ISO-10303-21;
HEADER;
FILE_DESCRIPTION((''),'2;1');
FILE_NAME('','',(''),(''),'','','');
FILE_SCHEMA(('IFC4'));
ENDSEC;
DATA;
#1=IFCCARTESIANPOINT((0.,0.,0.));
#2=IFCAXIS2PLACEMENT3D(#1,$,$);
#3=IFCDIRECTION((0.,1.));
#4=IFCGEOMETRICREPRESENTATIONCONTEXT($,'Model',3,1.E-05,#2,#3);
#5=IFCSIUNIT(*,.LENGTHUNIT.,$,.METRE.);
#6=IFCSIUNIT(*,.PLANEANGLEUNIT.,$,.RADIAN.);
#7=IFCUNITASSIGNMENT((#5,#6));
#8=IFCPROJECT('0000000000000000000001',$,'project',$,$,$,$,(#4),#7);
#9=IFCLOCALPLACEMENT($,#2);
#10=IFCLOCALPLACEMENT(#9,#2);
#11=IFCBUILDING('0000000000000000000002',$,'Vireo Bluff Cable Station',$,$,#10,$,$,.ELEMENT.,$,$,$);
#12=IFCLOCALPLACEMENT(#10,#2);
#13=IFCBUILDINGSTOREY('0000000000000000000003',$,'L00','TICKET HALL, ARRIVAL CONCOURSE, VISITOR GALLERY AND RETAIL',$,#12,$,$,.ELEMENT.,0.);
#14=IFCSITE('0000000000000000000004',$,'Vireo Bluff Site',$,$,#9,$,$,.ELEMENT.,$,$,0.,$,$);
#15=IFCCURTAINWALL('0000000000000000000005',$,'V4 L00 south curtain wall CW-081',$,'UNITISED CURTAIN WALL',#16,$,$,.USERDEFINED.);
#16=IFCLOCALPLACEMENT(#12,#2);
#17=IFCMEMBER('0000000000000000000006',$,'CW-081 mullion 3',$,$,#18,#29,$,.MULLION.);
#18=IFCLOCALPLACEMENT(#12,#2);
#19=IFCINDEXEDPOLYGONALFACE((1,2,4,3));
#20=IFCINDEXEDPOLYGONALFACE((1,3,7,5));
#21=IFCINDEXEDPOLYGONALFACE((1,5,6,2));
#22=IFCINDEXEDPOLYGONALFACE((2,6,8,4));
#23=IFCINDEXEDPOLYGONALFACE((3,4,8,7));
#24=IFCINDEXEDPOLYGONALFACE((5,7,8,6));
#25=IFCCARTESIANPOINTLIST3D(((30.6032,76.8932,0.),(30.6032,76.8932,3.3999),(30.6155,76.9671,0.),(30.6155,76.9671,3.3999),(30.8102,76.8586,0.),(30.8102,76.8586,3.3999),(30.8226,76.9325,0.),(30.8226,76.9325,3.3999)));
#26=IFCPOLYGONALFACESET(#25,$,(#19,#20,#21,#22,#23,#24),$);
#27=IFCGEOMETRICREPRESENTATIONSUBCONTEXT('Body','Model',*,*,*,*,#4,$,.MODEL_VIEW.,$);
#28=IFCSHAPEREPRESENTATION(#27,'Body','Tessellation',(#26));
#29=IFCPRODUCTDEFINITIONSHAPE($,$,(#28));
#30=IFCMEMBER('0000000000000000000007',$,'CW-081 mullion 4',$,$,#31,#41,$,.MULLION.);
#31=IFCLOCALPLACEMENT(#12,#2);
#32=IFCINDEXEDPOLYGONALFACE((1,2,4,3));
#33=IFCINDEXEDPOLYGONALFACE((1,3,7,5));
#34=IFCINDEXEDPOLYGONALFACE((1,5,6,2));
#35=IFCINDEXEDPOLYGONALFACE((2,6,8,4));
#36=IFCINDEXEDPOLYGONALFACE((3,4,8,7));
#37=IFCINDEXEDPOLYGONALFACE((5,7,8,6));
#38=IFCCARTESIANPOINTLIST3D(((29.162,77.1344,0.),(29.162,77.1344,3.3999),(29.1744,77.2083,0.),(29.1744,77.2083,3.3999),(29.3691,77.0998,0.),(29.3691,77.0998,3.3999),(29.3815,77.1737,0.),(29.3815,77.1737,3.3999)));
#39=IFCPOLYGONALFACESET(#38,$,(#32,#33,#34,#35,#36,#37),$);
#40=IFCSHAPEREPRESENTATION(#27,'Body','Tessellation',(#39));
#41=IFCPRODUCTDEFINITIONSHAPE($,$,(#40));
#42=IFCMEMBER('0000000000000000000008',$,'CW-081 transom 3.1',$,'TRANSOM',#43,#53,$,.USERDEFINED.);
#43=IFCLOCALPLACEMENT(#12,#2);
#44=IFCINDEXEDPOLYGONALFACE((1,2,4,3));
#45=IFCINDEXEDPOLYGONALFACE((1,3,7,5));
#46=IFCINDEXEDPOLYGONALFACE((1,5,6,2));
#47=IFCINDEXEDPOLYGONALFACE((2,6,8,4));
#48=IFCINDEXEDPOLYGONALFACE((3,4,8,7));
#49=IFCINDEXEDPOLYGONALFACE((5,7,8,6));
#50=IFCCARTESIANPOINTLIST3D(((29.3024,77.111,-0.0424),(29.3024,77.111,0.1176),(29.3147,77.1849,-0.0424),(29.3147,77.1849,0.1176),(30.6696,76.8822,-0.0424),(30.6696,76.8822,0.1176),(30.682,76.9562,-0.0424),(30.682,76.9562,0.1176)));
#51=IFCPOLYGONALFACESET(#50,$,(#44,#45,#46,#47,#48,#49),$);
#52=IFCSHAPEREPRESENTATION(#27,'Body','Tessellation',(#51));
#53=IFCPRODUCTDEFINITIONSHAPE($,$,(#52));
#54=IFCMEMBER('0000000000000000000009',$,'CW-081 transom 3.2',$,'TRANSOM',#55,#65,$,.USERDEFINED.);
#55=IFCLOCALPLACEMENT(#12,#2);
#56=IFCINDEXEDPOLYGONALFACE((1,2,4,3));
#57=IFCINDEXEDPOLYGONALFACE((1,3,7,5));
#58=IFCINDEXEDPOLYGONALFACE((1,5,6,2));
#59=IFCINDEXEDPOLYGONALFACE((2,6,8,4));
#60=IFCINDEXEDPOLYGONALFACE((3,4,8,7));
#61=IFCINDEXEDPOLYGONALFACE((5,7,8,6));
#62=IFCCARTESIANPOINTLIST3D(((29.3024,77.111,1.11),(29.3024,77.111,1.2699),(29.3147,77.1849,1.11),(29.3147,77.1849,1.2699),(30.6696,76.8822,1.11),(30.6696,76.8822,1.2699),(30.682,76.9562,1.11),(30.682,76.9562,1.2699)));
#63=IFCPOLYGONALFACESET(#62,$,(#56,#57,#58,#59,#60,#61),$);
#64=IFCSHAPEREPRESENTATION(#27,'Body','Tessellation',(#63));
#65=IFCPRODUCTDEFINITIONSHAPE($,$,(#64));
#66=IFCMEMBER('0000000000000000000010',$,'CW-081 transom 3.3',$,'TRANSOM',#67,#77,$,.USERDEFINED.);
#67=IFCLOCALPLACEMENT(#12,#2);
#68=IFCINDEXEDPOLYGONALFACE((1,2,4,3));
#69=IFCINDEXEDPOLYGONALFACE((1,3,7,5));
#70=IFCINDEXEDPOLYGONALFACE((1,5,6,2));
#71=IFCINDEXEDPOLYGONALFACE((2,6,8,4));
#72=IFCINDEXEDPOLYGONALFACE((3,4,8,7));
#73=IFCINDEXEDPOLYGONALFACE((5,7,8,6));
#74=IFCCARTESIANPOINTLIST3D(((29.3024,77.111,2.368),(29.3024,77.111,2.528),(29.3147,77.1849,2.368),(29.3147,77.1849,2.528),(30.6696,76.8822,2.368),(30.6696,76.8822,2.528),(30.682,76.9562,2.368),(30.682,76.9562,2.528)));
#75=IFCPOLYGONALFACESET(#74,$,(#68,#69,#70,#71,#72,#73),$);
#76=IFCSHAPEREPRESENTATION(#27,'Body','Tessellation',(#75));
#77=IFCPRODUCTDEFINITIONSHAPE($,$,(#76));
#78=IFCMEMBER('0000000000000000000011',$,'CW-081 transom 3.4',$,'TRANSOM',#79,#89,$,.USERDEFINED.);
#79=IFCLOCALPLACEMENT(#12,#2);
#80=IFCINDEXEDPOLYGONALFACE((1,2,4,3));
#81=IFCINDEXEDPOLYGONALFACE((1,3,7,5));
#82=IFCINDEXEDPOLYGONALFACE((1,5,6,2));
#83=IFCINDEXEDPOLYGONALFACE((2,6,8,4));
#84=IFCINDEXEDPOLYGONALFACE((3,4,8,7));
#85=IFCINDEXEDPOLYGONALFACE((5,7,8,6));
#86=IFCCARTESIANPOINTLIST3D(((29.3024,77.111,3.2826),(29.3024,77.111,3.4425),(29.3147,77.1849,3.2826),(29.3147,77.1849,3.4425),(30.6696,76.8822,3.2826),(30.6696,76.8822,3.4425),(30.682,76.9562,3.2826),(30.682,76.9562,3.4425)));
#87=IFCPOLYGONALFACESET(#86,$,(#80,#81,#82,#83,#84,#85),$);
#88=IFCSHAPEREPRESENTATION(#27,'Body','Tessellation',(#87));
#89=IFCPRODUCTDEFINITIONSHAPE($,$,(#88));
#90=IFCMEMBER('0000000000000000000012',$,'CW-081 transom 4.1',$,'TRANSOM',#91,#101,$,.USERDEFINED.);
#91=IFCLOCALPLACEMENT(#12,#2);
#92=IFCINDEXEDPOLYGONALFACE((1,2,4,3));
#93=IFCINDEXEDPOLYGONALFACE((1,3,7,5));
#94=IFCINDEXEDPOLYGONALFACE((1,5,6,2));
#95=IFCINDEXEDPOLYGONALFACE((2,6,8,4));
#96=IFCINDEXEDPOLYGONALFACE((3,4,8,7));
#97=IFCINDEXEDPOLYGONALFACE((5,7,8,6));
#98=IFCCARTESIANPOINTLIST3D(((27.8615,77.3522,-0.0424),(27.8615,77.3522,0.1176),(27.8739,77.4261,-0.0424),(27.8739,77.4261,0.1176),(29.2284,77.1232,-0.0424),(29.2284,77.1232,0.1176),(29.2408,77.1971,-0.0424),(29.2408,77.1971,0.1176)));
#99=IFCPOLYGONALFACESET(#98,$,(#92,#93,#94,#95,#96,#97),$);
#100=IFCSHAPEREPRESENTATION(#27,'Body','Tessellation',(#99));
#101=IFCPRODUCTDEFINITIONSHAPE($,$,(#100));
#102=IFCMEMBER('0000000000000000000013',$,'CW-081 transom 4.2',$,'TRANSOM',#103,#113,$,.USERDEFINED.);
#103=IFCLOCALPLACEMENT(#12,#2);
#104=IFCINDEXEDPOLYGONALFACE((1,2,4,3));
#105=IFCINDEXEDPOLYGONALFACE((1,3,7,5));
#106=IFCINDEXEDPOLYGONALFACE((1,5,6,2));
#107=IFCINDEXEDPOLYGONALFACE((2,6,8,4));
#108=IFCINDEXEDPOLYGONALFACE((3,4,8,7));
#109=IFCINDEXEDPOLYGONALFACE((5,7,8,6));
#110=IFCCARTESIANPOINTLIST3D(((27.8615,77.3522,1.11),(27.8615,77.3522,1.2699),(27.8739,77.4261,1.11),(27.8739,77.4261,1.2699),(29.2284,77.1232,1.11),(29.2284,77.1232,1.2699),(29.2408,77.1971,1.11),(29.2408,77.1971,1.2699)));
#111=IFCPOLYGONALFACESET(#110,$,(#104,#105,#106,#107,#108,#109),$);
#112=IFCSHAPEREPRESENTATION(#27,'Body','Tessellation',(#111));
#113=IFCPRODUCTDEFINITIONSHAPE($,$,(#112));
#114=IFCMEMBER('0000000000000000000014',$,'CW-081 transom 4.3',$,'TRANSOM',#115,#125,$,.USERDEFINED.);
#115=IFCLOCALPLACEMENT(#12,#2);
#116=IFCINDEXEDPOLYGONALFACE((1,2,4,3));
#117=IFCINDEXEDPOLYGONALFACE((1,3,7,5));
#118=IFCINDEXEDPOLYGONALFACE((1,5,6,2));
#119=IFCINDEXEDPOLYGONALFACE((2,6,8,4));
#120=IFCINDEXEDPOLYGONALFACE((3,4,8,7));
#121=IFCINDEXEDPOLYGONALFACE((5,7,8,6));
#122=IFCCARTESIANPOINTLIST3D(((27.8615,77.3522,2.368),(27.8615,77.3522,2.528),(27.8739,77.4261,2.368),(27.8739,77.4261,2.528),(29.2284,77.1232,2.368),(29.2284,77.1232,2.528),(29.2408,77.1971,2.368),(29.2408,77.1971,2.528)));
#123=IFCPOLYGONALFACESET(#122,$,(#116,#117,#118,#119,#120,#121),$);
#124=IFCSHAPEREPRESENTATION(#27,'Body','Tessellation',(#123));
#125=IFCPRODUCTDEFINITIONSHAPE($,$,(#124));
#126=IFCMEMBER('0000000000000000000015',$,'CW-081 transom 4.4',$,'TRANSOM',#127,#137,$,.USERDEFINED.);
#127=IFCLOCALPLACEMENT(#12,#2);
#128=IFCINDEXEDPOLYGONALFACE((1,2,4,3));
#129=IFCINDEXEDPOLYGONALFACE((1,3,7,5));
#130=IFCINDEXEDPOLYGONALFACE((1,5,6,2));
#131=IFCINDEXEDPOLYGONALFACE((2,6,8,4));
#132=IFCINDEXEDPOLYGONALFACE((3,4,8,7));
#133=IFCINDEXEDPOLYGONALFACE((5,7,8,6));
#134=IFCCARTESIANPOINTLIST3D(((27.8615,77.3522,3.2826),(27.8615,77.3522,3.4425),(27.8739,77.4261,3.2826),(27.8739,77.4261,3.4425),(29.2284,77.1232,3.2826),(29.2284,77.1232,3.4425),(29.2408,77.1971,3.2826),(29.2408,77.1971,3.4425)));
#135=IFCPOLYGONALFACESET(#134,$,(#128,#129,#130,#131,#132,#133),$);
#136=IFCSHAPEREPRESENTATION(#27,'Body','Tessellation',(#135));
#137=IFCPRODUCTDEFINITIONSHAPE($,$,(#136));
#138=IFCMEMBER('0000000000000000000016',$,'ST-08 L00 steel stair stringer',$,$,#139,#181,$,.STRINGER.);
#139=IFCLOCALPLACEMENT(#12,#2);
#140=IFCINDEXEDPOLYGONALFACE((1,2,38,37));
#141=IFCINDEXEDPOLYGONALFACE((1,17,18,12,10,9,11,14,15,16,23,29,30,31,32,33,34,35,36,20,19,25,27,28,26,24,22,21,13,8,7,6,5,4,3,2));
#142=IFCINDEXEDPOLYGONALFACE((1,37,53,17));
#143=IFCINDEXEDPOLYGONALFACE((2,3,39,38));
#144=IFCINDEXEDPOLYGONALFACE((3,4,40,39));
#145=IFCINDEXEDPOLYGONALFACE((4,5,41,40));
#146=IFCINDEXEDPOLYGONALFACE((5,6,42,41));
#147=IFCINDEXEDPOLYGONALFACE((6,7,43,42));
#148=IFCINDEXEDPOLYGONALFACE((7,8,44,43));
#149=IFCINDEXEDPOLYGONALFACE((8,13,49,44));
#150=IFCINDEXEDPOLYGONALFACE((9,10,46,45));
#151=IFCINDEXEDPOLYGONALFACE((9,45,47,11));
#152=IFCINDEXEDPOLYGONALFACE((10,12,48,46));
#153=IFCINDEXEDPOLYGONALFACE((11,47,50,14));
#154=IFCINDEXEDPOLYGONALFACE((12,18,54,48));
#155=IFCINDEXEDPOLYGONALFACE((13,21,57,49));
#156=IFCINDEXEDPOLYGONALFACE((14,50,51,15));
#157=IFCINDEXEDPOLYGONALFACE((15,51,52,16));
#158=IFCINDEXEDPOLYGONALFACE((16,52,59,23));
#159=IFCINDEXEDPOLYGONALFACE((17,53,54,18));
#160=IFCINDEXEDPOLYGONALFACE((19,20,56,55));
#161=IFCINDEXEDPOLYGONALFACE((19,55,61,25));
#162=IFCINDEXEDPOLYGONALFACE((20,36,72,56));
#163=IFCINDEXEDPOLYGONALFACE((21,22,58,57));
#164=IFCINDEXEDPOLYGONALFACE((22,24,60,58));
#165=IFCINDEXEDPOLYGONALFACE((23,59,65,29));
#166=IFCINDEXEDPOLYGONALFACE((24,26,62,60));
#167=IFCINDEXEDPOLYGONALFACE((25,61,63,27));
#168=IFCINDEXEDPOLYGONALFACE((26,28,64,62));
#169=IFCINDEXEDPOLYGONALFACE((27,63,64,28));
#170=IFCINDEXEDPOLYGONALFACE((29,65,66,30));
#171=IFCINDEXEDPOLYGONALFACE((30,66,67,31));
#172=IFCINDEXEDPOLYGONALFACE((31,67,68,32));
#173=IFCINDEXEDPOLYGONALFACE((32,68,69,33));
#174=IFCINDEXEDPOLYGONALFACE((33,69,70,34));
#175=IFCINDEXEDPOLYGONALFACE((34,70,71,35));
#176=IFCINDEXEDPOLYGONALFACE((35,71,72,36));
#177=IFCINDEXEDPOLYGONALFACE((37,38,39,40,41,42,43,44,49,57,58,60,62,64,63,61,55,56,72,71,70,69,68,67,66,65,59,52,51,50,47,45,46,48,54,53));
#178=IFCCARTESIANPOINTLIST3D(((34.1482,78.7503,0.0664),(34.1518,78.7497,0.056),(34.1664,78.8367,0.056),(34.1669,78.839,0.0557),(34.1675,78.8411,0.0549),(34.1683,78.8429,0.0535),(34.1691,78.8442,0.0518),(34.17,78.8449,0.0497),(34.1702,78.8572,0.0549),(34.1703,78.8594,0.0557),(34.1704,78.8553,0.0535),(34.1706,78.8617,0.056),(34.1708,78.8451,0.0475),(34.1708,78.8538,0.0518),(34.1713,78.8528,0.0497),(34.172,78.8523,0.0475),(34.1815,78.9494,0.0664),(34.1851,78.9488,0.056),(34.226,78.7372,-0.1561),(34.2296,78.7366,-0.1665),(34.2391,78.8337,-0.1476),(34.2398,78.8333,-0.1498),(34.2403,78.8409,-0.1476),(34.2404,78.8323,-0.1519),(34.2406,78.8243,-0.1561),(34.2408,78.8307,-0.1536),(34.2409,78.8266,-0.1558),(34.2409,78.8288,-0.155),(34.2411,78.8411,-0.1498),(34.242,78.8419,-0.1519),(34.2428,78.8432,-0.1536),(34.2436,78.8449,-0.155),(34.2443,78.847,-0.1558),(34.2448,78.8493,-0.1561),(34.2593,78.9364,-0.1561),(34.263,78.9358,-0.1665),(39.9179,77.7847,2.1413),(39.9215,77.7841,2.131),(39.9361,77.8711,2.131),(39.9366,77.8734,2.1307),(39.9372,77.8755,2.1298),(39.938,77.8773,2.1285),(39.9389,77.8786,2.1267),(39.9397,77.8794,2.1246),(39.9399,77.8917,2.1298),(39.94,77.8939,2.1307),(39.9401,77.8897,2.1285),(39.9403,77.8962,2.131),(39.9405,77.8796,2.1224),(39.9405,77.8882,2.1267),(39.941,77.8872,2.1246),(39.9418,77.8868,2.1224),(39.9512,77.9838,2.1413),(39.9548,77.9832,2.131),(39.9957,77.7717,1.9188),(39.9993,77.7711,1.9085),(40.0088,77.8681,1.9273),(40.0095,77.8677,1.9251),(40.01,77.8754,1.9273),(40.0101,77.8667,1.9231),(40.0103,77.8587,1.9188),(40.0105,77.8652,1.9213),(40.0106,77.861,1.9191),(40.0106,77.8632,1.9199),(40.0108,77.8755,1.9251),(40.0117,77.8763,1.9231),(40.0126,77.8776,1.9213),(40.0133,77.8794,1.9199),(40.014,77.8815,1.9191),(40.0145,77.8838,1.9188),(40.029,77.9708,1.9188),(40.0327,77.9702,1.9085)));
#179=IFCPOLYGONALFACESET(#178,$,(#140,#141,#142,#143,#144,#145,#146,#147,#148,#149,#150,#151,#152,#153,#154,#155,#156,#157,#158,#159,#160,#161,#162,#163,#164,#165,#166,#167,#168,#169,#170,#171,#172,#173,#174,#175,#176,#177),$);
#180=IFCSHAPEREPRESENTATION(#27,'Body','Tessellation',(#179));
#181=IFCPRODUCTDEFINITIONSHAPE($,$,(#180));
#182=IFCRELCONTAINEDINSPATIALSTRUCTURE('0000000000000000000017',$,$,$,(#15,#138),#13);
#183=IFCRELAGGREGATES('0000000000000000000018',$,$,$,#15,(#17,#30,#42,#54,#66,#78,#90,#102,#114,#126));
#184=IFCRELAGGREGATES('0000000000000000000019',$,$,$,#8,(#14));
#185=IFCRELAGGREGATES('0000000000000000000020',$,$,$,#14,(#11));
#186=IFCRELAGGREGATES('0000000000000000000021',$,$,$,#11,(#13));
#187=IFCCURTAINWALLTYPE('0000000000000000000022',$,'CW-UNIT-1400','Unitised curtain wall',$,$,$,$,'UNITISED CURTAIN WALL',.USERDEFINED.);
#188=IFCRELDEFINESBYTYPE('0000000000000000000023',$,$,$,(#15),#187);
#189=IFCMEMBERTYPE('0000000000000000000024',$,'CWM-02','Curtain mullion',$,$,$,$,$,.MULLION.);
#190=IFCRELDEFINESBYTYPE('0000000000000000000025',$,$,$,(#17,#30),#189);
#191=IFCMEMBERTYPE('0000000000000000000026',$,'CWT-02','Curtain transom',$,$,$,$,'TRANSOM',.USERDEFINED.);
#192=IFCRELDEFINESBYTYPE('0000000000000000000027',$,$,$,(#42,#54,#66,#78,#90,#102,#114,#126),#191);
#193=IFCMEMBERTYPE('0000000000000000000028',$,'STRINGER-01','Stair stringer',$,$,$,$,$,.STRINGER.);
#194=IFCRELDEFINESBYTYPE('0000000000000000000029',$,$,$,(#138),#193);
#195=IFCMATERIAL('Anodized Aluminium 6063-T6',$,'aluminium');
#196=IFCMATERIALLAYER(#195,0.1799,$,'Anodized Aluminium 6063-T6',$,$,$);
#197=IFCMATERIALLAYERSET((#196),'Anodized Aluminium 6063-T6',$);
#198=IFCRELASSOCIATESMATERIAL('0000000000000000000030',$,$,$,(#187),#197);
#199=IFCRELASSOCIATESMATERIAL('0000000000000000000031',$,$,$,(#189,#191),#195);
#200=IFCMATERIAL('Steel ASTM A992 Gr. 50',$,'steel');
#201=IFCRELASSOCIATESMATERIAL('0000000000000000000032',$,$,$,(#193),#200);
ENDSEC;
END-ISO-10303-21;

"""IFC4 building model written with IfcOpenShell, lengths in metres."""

from ifc_helpers import new_model, si_unit, direction, frame, origin, origin_2d, place, context, subcontext, project, spatial, rectangle, i_section, extrude, material, layer, layer_set, material_profile, profile_set, type_object, element, aggregate, save


model = new_model("IFC4")

# Units and contexts
model_context = context("Model", 3, precision=1e-05, world=origin(), true_north=direction((0.0, 1.0)))
body_context = subcontext(model_context, "Body", "Model", "MODEL_VIEW")
ifc_project = project(units=[si_unit("LENGTHUNIT", "METRE"), si_unit("PLANEANGLEUNIT", "RADIAN")], contexts=[model_context])

# Site, building, storey
site_placement = place(None, origin())
site = spatial("IfcSite", under=ifc_project, at=site_placement, Name="Vireo Bluff Site", CompositionType="ELEMENT", RefElevation=0.0)
building_placement = place(site_placement, origin())
building = spatial("IfcBuilding", under=site, at=building_placement, Name="Vireo Bluff Cable Station", CompositionType="ELEMENT")
storey_placement = place(building_placement, origin())
storey = spatial("IfcBuildingStorey", under=building, at=storey_placement, Name="L00", Description="TICKET HALL, ARRIVAL CONCOURSE, VISITOR GALLERY AND RETAIL", CompositionType="ELEMENT", Elevation=0.0)

# Curtain wall, members
ifc_material_1 = material(Name="Anodized Aluminium 6063-T6", Category="aluminium")
ifc_layer_1 = layer(ifc_material_1, 0.1799, Name="Anodized Aluminium 6063-T6")
ifc_layer_set_1 = layer_set([ifc_layer_1], Name="Anodized Aluminium 6063-T6")
curtain_wall_type = type_object("IfcCurtainWallType", Name="CW-UNIT-1400", Description="Unitised curtain wall", ElementType="UNITISED CURTAIN WALL", PredefinedType="USERDEFINED", material=ifc_layer_set_1)
curtain_wall_placement = place(storey_placement, origin())
curtain_wall = element("IfcCurtainWall", 1, at=curtain_wall_placement, inside=storey, type_object=curtain_wall_type, Name="V4 L00 south curtain wall CW-081", ObjectType="UNITISED CURTAIN WALL", PredefinedType="USERDEFINED")
ifc_material_profile_1 = material_profile(ifc_material_1, rectangle(XDim=0.075, YDim=0.21, at=origin_2d()), Name="ALU-M-75X210")
ifc_profile_set_1 = profile_set([ifc_material_profile_1], Name="Anodized Aluminium 6063-T6")
member_type_1 = type_object("IfcMemberType", Name="CWM-02", Description="Curtain mullion", PredefinedType="MULLION", material=ifc_profile_set_1)
member_1_placement = place(storey_placement, frame((30.7129, 76.9128, 0.0), z_axis=(0.0, 0.0, 1.0), x_axis=(-0.165048, -0.986286, 0.0)))
member_1 = element("IfcMember", 2, at=member_1_placement, type_object=member_type_1, Name="CW-081 mullion 3", PredefinedType="MULLION", context=body_context, shape_type="SweptSolid", body=[
    extrude(rectangle(XDim=0.075, YDim=0.21, at=origin_2d()), origin(), (0.0, 0.0, 1.0), 3.3999),
])
member_2_placement = place(storey_placement, frame((29.2717, 77.1541, 0.0), z_axis=(0.0, 0.0, 1.0), x_axis=(-0.165048, -0.986286, 0.0)))
member_2 = element("IfcMember", 3, at=member_2_placement, type_object=member_type_1, Name="CW-081 mullion 4", PredefinedType="MULLION", context=body_context, shape_type="SweptSolid", body=[
    extrude(rectangle(XDim=0.075, YDim=0.21, at=origin_2d()), origin(), (0.0, 0.0, 1.0), 3.3999),
])
ifc_material_profile_2 = material_profile(ifc_material_1, rectangle(XDim=0.075, YDim=0.1599, at=origin_2d()), Name="ALU-T-75X160")
ifc_profile_set_2 = profile_set([ifc_material_profile_2], Name="Anodized Aluminium 6063-T6")
member_type_2 = type_object("IfcMemberType", Name="CWT-02", Description="Curtain transom", ElementType="TRANSOM", PredefinedType="USERDEFINED", material=ifc_profile_set_2)
member_3_placement = place(storey_placement, frame((30.6758, 76.9192, 0.0376), z_axis=(-0.986289, 0.165027, 0.0), x_axis=(-0.165027, -0.986289, 0.0)))
member_3 = element("IfcMember", 4, at=member_3_placement, type_object=member_type_2, Name="CW-081 transom 3.1", ObjectType="TRANSOM", PredefinedType="USERDEFINED", context=body_context, shape_type="SweptSolid", body=[
    extrude(rectangle(XDim=0.075, YDim=0.1599, at=origin_2d()), origin(), (0.0, 0.0, 1.0), 1.3862),
])
member_4_placement = place(storey_placement, frame((30.6758, 76.9192, 1.1899), z_axis=(-0.986289, 0.165027, 0.0), x_axis=(-0.165027, -0.986289, 0.0)))
member_4 = element("IfcMember", 5, at=member_4_placement, type_object=member_type_2, Name="CW-081 transom 3.2", ObjectType="TRANSOM", PredefinedType="USERDEFINED", context=body_context, shape_type="SweptSolid", body=[
    extrude(rectangle(XDim=0.075, YDim=0.1599, at=origin_2d()), origin(), (0.0, 0.0, 1.0), 1.3862),
])
member_5_placement = place(storey_placement, frame((30.6758, 76.9192, 2.448), z_axis=(-0.986289, 0.165027, 0.0), x_axis=(-0.165027, -0.986289, 0.0)))
member_5 = element("IfcMember", 6, at=member_5_placement, type_object=member_type_2, Name="CW-081 transom 3.3", ObjectType="TRANSOM", PredefinedType="USERDEFINED", context=body_context, shape_type="SweptSolid", body=[
    extrude(rectangle(XDim=0.075, YDim=0.1599, at=origin_2d()), origin(), (0.0, 0.0, 1.0), 1.3862),
])
member_6_placement = place(storey_placement, frame((30.6758, 76.9192, 3.3625), z_axis=(-0.986289, 0.165027, 0.0), x_axis=(-0.165027, -0.986289, 0.0)))
member_6 = element("IfcMember", 7, at=member_6_placement, type_object=member_type_2, Name="CW-081 transom 3.4", ObjectType="TRANSOM", PredefinedType="USERDEFINED", context=body_context, shape_type="SweptSolid", body=[
    extrude(rectangle(XDim=0.075, YDim=0.1599, at=origin_2d()), origin(), (0.0, 0.0, 1.0), 1.3862),
])
member_7_placement = place(storey_placement, frame((29.2346, 77.1602, 0.0376), z_axis=(-0.986256, 0.165227, 0.0), x_axis=(-0.165227, -0.986256, 0.0)))
member_7 = element("IfcMember", 8, at=member_7_placement, type_object=member_type_2, Name="CW-081 transom 4.1", ObjectType="TRANSOM", PredefinedType="USERDEFINED", context=body_context, shape_type="SweptSolid", body=[
    extrude(rectangle(XDim=0.075, YDim=0.1599, at=origin_2d()), origin(), (0.0, 0.0, 1.0), 1.386),
])
member_8_placement = place(storey_placement, frame((29.2346, 77.1602, 1.1899), z_axis=(-0.986256, 0.165227, 0.0), x_axis=(-0.165227, -0.986256, 0.0)))
member_8 = element("IfcMember", 9, at=member_8_placement, type_object=member_type_2, Name="CW-081 transom 4.2", ObjectType="TRANSOM", PredefinedType="USERDEFINED", context=body_context, shape_type="SweptSolid", body=[
    extrude(rectangle(XDim=0.075, YDim=0.1599, at=origin_2d()), origin(), (0.0, 0.0, 1.0), 1.386),
])
member_9_placement = place(storey_placement, frame((29.2346, 77.1602, 2.448), z_axis=(-0.986256, 0.165227, 0.0), x_axis=(-0.165227, -0.986256, 0.0)))
member_9 = element("IfcMember", 10, at=member_9_placement, type_object=member_type_2, Name="CW-081 transom 4.3", ObjectType="TRANSOM", PredefinedType="USERDEFINED", context=body_context, shape_type="SweptSolid", body=[
    extrude(rectangle(XDim=0.075, YDim=0.1599, at=origin_2d()), origin(), (0.0, 0.0, 1.0), 1.386),
])
member_10_placement = place(storey_placement, frame((29.2346, 77.1602, 3.3625), z_axis=(-0.986256, 0.165227, 0.0), x_axis=(-0.165227, -0.986256, 0.0)))
member_10 = element("IfcMember", 11, at=member_10_placement, type_object=member_type_2, Name="CW-081 transom 4.4", ObjectType="TRANSOM", PredefinedType="USERDEFINED", context=body_context, shape_type="SweptSolid", body=[
    extrude(rectangle(XDim=0.075, YDim=0.1599, at=origin_2d()), origin(), (0.0, 0.0, 1.0), 1.386),
])

# Member
ifc_material_2 = material(Name="Steel ASTM A992 Gr. 50", Category="steel")
ifc_material_profile_3 = material_profile(ifc_material_2, i_section(OverallWidth=0.2019, OverallDepth=0.2471, WebThickness=0.0073, FlangeThickness=0.011, FilletRadius=0.009, at=origin_2d()), Name="W10X33")
ifc_profile_set_3 = profile_set([ifc_material_profile_3], Name="Steel ASTM A992 Gr. 50")
member_type_3 = type_object("IfcMemberType", Name="STRINGER-01", Description="Stair stringer", PredefinedType="STRINGER", material=ifc_profile_set_3)
member_11_placement = place(storey_placement, frame((34.2056, 78.843, -0.05), z_axis=(0.929545, -0.15556, 0.334287), x_axis=(0.165055, 0.986284, 0.0)))
element("IfcMember", 12, at=member_11_placement, inside=storey, type_object=member_type_3, Name="ST-08 L00 steel stair stringer", PredefinedType="STRINGER", context=body_context, shape_type="SweptSolid", body=[
    extrude(i_section(OverallWidth=0.2019, OverallDepth=0.2471, WebThickness=0.0073, FlangeThickness=0.011, FilletRadius=0.009, at=origin_2d()), origin(), (0.0, 0.0, 1.0), 6.207),
])

aggregate(curtain_wall, [member_1, member_2, member_3, member_4, member_5, member_6, member_7, member_8, member_9, member_10])

save(model, "model.ifc")
